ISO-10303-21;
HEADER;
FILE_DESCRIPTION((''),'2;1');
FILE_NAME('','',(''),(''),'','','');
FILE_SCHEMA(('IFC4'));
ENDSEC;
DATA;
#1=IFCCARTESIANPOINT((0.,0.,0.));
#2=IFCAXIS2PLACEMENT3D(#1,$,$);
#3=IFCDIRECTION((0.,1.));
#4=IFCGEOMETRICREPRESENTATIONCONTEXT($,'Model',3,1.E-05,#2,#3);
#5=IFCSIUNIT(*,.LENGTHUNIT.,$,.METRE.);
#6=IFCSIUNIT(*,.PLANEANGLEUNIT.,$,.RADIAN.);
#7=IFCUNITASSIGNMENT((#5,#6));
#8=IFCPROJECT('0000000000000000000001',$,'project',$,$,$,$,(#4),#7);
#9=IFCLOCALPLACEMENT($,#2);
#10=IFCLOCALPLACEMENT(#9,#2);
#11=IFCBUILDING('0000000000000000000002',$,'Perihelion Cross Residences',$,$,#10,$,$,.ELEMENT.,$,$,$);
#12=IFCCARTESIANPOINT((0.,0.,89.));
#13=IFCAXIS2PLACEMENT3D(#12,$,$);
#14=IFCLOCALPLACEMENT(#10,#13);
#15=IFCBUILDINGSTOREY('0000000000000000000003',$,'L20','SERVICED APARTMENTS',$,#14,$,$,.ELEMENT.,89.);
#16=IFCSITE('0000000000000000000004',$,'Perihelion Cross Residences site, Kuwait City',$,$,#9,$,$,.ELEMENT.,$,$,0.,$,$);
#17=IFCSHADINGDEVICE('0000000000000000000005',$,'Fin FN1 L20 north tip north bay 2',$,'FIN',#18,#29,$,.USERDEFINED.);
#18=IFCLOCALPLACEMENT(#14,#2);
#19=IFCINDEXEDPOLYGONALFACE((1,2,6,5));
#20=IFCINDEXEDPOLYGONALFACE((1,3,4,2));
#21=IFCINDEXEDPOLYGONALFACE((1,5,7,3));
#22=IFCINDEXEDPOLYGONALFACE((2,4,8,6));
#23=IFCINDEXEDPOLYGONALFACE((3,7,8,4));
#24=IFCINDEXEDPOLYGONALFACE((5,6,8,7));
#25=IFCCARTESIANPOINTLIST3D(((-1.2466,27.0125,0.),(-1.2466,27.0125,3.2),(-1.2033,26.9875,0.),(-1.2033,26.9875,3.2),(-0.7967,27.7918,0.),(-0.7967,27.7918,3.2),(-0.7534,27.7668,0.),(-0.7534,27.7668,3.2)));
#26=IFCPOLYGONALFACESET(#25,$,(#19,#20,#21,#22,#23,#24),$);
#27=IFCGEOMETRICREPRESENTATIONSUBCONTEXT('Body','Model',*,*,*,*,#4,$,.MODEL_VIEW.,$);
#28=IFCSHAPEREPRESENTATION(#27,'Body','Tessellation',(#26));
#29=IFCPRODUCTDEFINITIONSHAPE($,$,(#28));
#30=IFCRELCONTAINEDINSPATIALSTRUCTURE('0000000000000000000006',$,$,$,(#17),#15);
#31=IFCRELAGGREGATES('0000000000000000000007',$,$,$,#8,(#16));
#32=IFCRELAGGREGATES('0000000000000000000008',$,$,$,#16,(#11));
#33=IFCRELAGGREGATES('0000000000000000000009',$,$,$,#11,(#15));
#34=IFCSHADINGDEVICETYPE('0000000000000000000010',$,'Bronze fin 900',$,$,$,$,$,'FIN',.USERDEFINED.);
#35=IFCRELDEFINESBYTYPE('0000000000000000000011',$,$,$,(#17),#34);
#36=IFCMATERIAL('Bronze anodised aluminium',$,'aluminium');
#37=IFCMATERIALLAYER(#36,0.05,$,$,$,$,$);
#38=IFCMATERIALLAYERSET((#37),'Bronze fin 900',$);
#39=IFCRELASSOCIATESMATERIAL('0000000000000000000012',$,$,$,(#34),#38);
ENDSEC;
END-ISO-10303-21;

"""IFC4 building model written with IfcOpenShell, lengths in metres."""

from ifc_helpers import new_model, si_unit, direction, frame, origin, origin_2d, place, context, subcontext, project, spatial, rectangle, extrude, material, layer, layer_set, type_object, element, save


model = new_model("IFC4")

# Units and contexts
model_context = context("Model", 3, precision=1e-05, world=origin(), true_north=direction((0.0, 1.0)))
body_context = subcontext(model_context, "Body", "Model", "MODEL_VIEW")
ifc_project = project(units=[si_unit("LENGTHUNIT", "METRE"), si_unit("PLANEANGLEUNIT", "RADIAN")], contexts=[model_context])

# Site, building, storey
site_placement = place(None, origin())
site = spatial("IfcSite", under=ifc_project, at=site_placement, Name="Perihelion Cross Residences site, Kuwait City", CompositionType="ELEMENT", RefElevation=0.0)
building_placement = place(site_placement, origin())
building = spatial("IfcBuilding", under=site, at=building_placement, Name="Perihelion Cross Residences", CompositionType="ELEMENT")
storey_placement = place(building_placement, frame((0.0, 0.0, 89.0)))
storey = spatial("IfcBuildingStorey", under=building, at=storey_placement, Name="L20", Description="SERVICED APARTMENTS", CompositionType="ELEMENT", Elevation=89.0)

# Shading device
ifc_material_1 = material(Name="Bronze anodised aluminium", Category="aluminium")
ifc_layer_1 = layer(ifc_material_1, 0.05)
ifc_layer_set_1 = layer_set([ifc_layer_1], Name="Bronze fin 900")
shading_device_type = type_object("IfcShadingDeviceType", Name="Bronze fin 900", ElementType="FIN", PredefinedType="USERDEFINED", material=ifc_layer_set_1)
shading_device_placement = place(storey_placement, frame((-1.0, 27.3896, 0.0), z_axis=(0.0, 0.0, 1.0), x_axis=(0.5, 0.866025, 0.0)))
element("IfcShadingDevice", 1, at=shading_device_placement, inside=storey, type_object=shading_device_type, Name="Fin FN1 L20 north tip north bay 2", ObjectType="FIN", PredefinedType="USERDEFINED", context=body_context, shape_type="SweptSolid", body=[
    extrude(rectangle(XDim=0.8999, YDim=0.05, at=origin_2d()), origin(), (0.0, 0.0, 1.0), 3.2),
])

save(model, "model.ifc")
